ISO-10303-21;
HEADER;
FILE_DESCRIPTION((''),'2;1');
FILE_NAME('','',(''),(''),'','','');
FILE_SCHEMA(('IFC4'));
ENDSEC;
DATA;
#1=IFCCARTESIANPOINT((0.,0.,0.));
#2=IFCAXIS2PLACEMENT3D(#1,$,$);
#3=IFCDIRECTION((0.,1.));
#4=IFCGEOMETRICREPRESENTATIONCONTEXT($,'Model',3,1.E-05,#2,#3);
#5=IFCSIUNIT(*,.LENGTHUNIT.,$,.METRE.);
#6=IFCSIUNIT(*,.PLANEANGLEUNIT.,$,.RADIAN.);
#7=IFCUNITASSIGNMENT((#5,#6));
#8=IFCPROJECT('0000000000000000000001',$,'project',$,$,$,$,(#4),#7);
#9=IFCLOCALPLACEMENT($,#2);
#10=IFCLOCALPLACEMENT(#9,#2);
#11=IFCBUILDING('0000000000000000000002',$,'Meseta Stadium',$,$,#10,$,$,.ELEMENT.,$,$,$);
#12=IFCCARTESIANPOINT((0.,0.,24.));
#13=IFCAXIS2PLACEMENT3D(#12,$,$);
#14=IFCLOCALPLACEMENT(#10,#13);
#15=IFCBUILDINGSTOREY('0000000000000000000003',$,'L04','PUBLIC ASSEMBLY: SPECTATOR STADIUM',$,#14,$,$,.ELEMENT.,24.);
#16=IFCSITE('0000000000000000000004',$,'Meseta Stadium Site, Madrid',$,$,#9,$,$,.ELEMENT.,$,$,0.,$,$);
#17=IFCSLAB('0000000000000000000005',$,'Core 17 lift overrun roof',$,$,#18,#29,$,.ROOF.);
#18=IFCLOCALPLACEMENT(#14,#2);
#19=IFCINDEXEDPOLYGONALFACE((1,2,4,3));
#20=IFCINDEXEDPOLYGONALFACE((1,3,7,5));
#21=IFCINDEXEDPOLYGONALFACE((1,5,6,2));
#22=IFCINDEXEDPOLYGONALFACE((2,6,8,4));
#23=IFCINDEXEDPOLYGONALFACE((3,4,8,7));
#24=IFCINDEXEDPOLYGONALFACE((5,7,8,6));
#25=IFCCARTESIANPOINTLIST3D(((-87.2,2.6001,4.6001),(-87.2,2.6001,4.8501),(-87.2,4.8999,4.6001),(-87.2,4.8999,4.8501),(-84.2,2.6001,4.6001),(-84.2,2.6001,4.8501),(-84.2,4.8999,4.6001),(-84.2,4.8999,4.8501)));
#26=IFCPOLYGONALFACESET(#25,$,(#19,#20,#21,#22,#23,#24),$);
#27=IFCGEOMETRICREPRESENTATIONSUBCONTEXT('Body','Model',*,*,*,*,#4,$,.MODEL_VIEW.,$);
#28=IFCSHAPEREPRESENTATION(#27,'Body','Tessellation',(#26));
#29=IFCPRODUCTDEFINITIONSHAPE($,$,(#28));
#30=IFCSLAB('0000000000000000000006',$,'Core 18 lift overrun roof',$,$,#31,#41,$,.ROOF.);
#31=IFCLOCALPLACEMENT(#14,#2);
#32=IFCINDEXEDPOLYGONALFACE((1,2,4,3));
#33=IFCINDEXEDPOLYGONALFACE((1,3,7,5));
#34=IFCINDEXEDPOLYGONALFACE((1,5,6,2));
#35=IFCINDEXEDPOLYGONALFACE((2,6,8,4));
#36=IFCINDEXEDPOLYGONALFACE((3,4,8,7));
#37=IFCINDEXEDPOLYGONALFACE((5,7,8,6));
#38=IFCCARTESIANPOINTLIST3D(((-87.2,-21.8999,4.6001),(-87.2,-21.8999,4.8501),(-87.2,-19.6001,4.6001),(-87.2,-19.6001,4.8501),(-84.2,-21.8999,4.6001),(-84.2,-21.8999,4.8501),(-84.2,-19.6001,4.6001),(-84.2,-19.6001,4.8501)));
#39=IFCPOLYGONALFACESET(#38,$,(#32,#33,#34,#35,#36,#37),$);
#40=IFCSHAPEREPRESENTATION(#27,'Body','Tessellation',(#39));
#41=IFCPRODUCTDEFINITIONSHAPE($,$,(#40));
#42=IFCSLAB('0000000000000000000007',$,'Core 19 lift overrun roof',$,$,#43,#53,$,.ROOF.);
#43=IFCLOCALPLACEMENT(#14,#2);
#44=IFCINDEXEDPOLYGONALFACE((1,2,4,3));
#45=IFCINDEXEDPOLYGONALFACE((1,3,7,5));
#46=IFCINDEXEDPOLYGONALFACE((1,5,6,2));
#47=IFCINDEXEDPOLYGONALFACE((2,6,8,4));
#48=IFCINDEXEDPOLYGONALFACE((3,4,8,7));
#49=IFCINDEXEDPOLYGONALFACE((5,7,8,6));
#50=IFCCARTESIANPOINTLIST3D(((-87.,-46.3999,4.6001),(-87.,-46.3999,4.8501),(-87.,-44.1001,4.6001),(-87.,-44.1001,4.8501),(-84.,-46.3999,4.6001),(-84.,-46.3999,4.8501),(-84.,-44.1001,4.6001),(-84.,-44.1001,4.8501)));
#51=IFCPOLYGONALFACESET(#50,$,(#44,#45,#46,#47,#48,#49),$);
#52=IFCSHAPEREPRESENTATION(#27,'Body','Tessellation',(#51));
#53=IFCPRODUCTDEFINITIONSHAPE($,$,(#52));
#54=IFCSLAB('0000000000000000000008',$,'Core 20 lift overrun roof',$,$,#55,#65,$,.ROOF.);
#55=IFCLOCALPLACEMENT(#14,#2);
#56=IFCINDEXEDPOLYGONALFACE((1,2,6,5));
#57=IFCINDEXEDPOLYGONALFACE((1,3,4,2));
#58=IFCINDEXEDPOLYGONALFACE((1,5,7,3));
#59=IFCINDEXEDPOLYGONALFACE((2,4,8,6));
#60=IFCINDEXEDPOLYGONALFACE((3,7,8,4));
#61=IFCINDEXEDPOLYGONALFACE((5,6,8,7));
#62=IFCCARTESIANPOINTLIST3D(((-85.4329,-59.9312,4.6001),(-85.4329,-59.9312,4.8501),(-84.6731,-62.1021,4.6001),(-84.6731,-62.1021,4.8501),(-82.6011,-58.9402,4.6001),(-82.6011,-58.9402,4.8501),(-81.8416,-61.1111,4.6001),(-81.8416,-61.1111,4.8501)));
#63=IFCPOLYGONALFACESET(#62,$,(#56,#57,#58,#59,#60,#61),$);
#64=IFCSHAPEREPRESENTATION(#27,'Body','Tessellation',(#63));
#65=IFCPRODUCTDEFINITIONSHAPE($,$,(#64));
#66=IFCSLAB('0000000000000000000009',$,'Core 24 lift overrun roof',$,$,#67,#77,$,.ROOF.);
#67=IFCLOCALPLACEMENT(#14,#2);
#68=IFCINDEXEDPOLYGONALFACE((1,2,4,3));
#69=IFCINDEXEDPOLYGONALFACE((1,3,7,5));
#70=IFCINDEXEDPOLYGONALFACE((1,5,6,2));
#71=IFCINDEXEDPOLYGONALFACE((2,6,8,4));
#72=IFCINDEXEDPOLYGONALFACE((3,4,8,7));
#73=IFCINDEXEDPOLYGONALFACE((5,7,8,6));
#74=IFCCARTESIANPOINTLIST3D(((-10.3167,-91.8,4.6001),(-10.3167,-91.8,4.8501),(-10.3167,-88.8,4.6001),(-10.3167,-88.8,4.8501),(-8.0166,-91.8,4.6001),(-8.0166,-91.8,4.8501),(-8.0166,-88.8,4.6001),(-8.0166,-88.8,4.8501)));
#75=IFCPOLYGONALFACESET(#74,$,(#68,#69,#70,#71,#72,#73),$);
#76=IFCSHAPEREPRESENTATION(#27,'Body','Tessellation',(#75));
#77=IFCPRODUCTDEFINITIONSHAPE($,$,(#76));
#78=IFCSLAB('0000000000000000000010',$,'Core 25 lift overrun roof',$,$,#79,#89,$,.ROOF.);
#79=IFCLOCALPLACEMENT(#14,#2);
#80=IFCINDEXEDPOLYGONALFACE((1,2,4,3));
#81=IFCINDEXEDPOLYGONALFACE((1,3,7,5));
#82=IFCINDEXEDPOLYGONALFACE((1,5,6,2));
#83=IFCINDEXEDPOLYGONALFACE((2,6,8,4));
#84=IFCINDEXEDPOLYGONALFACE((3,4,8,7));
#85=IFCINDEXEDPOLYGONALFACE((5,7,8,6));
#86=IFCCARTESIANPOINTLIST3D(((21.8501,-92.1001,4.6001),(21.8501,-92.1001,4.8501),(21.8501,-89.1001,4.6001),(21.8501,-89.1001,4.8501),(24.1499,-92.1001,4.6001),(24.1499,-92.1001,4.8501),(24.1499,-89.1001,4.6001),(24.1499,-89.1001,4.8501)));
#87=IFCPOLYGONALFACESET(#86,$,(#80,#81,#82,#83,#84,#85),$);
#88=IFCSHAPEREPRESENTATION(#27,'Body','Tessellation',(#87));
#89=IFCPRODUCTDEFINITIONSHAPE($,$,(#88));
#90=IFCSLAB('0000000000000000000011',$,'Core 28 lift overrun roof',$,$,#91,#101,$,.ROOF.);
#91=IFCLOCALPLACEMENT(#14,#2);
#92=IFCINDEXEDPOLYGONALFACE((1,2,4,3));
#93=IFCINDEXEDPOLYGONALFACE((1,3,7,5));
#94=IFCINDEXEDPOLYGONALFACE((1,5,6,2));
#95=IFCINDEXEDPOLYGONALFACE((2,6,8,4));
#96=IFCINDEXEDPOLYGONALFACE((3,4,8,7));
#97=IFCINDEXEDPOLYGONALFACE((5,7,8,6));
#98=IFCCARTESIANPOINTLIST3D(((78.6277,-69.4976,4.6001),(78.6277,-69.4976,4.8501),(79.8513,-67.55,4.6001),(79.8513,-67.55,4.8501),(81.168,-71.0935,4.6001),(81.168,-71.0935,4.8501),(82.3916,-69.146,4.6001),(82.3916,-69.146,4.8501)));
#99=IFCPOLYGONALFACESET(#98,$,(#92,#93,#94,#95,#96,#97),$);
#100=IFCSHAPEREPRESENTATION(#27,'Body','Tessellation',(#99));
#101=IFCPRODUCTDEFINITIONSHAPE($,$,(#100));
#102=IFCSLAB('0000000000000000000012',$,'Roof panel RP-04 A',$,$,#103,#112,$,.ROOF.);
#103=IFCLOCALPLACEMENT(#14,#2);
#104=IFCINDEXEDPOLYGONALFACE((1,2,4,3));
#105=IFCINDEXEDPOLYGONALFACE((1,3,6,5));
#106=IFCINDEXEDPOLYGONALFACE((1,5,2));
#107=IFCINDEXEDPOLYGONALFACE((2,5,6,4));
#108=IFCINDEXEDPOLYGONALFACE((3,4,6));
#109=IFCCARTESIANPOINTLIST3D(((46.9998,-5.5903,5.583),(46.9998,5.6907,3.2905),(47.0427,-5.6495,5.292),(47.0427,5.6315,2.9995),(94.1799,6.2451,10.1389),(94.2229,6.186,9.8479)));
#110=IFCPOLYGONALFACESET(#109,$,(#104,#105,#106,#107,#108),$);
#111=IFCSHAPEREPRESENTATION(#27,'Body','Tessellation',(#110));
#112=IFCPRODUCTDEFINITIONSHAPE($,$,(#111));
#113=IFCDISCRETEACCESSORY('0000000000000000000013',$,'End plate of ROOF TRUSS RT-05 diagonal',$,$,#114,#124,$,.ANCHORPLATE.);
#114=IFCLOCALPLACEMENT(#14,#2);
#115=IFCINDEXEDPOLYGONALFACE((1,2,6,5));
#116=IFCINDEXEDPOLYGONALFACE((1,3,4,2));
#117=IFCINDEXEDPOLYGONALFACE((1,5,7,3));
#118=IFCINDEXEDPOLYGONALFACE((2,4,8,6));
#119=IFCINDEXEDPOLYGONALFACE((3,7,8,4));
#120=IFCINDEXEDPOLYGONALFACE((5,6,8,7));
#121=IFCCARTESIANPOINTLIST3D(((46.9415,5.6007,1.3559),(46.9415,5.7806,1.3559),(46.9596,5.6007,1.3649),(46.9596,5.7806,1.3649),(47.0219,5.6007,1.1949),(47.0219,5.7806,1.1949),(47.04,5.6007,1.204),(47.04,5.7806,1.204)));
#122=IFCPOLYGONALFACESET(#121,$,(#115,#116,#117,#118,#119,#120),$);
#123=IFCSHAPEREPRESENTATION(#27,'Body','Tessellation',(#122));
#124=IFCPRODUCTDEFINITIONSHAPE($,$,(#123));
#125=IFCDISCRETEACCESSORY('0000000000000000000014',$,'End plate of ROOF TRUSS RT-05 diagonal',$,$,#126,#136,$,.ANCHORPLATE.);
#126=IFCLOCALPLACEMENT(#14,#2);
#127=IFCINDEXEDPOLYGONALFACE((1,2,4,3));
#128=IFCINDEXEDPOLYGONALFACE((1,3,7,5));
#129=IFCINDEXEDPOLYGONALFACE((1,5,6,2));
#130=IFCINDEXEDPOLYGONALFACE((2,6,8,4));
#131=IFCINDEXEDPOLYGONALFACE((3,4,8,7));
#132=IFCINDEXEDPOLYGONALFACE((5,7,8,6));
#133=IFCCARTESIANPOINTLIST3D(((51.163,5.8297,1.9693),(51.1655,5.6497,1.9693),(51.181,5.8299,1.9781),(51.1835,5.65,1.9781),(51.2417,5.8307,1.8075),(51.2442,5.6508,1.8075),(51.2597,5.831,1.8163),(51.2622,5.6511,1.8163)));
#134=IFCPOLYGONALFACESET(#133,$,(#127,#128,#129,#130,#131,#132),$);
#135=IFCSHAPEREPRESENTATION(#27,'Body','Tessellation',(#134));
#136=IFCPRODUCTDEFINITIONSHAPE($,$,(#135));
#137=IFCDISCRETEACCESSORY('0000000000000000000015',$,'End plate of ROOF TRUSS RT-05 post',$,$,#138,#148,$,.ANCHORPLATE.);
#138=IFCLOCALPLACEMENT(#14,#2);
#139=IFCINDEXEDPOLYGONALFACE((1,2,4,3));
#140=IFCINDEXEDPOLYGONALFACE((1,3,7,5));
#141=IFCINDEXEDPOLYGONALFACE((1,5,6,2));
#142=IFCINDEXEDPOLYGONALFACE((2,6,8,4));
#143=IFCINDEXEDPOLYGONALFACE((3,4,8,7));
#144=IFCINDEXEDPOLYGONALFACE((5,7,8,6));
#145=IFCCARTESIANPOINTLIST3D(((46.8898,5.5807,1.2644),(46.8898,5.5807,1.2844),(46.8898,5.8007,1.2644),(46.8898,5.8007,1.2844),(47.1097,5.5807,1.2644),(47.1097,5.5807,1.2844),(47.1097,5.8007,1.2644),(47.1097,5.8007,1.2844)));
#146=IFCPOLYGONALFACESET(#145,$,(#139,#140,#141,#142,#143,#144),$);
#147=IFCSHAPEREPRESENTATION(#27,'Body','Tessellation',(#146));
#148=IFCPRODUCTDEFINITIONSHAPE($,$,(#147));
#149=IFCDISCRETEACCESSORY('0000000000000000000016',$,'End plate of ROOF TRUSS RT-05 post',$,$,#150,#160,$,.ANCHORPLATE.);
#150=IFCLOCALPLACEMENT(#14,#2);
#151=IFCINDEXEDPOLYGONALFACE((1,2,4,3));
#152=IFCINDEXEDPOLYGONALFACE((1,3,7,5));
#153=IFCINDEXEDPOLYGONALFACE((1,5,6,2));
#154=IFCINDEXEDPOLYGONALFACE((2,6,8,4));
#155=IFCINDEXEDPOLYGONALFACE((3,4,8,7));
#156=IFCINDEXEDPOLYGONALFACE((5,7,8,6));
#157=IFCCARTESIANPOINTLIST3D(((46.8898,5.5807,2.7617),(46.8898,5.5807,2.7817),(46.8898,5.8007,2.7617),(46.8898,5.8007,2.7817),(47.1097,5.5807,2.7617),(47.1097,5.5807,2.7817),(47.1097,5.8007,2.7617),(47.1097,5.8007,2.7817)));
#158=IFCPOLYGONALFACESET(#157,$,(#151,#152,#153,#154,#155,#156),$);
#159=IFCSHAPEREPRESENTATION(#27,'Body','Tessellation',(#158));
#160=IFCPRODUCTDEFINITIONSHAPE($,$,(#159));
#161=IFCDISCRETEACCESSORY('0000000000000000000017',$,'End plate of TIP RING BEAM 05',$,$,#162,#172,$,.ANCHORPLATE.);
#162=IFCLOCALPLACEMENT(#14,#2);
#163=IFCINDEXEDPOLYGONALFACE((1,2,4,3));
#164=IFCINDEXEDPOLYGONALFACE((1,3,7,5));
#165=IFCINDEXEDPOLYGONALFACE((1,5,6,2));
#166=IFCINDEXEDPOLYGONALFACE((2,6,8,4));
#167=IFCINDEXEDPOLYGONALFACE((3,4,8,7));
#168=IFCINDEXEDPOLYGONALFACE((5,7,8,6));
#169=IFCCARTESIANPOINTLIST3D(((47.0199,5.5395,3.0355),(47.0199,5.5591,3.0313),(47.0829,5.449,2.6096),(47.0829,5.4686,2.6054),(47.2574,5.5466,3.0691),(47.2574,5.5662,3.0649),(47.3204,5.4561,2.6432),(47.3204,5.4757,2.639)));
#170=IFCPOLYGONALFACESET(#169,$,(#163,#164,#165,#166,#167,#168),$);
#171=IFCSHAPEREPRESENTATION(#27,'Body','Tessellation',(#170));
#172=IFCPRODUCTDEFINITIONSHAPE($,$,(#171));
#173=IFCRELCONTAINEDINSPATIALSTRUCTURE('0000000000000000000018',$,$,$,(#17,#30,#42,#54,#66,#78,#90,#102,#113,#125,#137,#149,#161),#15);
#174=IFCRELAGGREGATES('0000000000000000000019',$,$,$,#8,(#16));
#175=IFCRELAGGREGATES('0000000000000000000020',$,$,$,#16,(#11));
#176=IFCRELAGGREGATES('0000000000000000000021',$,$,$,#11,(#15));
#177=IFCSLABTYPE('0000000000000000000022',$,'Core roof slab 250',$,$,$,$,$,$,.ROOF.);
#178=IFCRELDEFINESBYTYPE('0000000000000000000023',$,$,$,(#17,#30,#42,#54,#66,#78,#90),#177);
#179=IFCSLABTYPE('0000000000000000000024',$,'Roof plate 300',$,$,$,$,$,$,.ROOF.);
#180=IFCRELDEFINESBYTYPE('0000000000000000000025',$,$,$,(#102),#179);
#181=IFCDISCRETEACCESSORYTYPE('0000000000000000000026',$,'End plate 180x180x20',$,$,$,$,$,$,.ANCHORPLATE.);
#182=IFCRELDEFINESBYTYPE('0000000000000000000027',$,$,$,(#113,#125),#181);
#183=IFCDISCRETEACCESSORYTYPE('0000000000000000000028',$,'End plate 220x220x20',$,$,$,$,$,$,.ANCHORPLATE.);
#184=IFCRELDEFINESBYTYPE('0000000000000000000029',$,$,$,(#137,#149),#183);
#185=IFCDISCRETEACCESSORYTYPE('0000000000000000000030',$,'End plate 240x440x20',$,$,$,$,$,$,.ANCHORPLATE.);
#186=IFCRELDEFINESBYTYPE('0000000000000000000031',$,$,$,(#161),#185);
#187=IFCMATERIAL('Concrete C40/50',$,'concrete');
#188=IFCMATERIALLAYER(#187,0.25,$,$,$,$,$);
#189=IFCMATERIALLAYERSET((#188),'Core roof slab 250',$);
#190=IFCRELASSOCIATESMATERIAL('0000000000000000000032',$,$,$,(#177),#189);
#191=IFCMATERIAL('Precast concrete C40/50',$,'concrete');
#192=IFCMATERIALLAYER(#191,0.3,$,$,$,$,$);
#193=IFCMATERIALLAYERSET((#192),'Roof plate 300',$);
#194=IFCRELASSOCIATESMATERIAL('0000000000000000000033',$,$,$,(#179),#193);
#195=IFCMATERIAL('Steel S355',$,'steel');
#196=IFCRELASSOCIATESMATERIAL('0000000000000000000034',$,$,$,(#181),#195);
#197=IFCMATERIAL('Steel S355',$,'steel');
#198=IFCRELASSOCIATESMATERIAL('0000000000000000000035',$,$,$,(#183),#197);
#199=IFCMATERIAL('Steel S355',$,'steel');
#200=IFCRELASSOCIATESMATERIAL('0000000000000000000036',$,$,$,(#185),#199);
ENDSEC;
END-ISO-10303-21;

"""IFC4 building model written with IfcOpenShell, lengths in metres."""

from ifc_helpers import new_model, si_unit, direction, frame, origin, origin_2d, place, context, subcontext, project, spatial, polyline, rectangle, outline, extrude, material, layer, layer_set, material_profile, profile_set, type_object, element, save


model = new_model("IFC4")

# Units and contexts
model_context = context("Model", 3, precision=1e-05, world=origin(), true_north=direction((0.0, 1.0)))
body_context = subcontext(model_context, "Body", "Model", "MODEL_VIEW")
ifc_project = project(units=[si_unit("LENGTHUNIT", "METRE"), si_unit("PLANEANGLEUNIT", "RADIAN")], contexts=[model_context])

# Site, building, storey
site_placement = place(None, origin())
site = spatial("IfcSite", under=ifc_project, at=site_placement, Name="Meseta Stadium Site, Madrid", CompositionType="ELEMENT", RefElevation=0.0)
building_placement = place(site_placement, origin())
building = spatial("IfcBuilding", under=site, at=building_placement, Name="Meseta Stadium", CompositionType="ELEMENT")
storey_placement = place(building_placement, frame((0.0, 0.0, 24.0)))
storey = spatial("IfcBuildingStorey", under=building, at=storey_placement, Name="L04", Description="PUBLIC ASSEMBLY: SPECTATOR STADIUM", CompositionType="ELEMENT", Elevation=24.0)

# Slabs
ifc_material_1 = material(Name="Concrete C40/50", Category="concrete")
ifc_layer_1 = layer(ifc_material_1, 0.25)
ifc_layer_set_1 = layer_set([ifc_layer_1], Name="Core roof slab 250")
slab_type_1 = type_object("IfcSlabType", Name="Core roof slab 250", PredefinedType="ROOF", material=ifc_layer_set_1)
slab_1_placement = place(storey_placement, frame((0.0, 0.0, 4.6001)))
element("IfcSlab", 1, at=slab_1_placement, inside=storey, type_object=slab_type_1, Name="Core 17 lift overrun roof", PredefinedType="ROOF", context=body_context, shape_type="SweptSolid", body=[
    extrude(outline(polyline([(-87.2, 4.8999), (-84.2, 4.8999), (-84.2, 2.6001), (-87.2, 2.6001), (-87.2, 4.8999)])), origin(), (0.0, 0.0, 1.0), 0.25),
])
slab_2_placement = place(storey_placement, frame((0.0, 0.0, 4.6001)))
element("IfcSlab", 2, at=slab_2_placement, inside=storey, type_object=slab_type_1, Name="Core 18 lift overrun roof", PredefinedType="ROOF", context=body_context, shape_type="SweptSolid", body=[
    extrude(outline(polyline([(-87.2, -19.6001), (-84.2, -19.6001), (-84.2, -21.8999), (-87.2, -21.8999), (-87.2, -19.6001)])), origin(), (0.0, 0.0, 1.0), 0.25),
])
slab_3_placement = place(storey_placement, frame((0.0, 0.0, 4.6001)))
element("IfcSlab", 3, at=slab_3_placement, inside=storey, type_object=slab_type_1, Name="Core 19 lift overrun roof", PredefinedType="ROOF", context=body_context, shape_type="SweptSolid", body=[
    extrude(outline(polyline([(-87.0, -44.1001), (-84.0, -44.1001), (-84.0, -46.3999), (-87.0, -46.3999), (-87.0, -44.1001)])), origin(), (0.0, 0.0, 1.0), 0.25),
])
slab_4_placement = place(storey_placement, frame((0.0, 0.0, 4.6001)))
element("IfcSlab", 4, at=slab_4_placement, inside=storey, type_object=slab_type_1, Name="Core 20 lift overrun roof", PredefinedType="ROOF", context=body_context, shape_type="SweptSolid", body=[
    extrude(outline(polyline([(-85.4329, -59.9312), (-82.6011, -58.9402), (-81.8416, -61.1111), (-84.6731, -62.1021), (-85.4329, -59.9312)])), origin(), (0.0, 0.0, 1.0), 0.25),
])
slab_5_placement = place(storey_placement, frame((0.0, 0.0, 4.6001)))
element("IfcSlab", 5, at=slab_5_placement, inside=storey, type_object=slab_type_1, Name="Core 24 lift overrun roof", PredefinedType="ROOF", context=body_context, shape_type="SweptSolid", body=[
    extrude(outline(polyline([(-10.3167, -91.8), (-10.3167, -88.8), (-8.0166, -88.8), (-8.0166, -91.8), (-10.3167, -91.8)])), origin(), (0.0, 0.0, 1.0), 0.25),
])
slab_6_placement = place(storey_placement, frame((0.0, 0.0, 4.6001)))
element("IfcSlab", 6, at=slab_6_placement, inside=storey, type_object=slab_type_1, Name="Core 25 lift overrun roof", PredefinedType="ROOF", context=body_context, shape_type="SweptSolid", body=[
    extrude(outline(polyline([(21.8501, -92.1001), (21.8501, -89.1001), (24.1499, -89.1001), (24.1499, -92.1001), (21.8501, -92.1001)])), origin(), (0.0, 0.0, 1.0), 0.25),
])
slab_7_placement = place(storey_placement, frame((0.0, 0.0, 4.6001)))
element("IfcSlab", 7, at=slab_7_placement, inside=storey, type_object=slab_type_1, Name="Core 28 lift overrun roof", PredefinedType="ROOF", context=body_context, shape_type="SweptSolid", body=[
    extrude(outline(polyline([(81.168, -71.0935), (78.6277, -69.4976), (79.8513, -67.55), (82.3916, -69.146), (81.168, -71.0935)])), origin(), (0.0, 0.0, 1.0), 0.25),
])
ifc_material_2 = material(Name="Precast concrete C40/50", Category="concrete")
ifc_layer_2 = layer(ifc_material_2, 0.3)
ifc_layer_set_2 = layer_set([ifc_layer_2], Name="Roof plate 300")
slab_type_2 = type_object("IfcSlabType", Name="Roof plate 300", PredefinedType="ROOF", material=ifc_layer_set_2)
slab_8_placement = place(storey_placement, frame((46.9998, 5.6907, 3.2905), z_axis=(-0.143099, 0.197096, 0.969884), x_axis=(0.989562, 0.011629, 0.143639)))
element("IfcSlab", 8, at=slab_8_placement, inside=storey, type_object=slab_type_2, Name="Roof panel RP-04 A", PredefinedType="ROOF", context=body_context, shape_type="SweptSolid", body=[
    extrude(outline(polyline([(0.0, 0.0), (47.6778, 0.0), (0.1981, -11.5099), (0.0, 0.0)])), origin(), (0.0, 0.0, -1.0), 0.3),
])

# Discrete accessories
ifc_material_3 = material(Name="Steel S355", Category="steel")
ifc_material_profile_1 = material_profile(ifc_material_3, rectangle(XDim=0.1799, YDim=0.1799, at=origin_2d()), Name="PL 180x180")
ifc_profile_set_1 = profile_set([ifc_material_profile_1], Name="Steel S355")
discrete_accessory_type_1 = type_object("IfcDiscreteAccessoryType", Name="End plate 180x180x20", PredefinedType="ANCHORPLATE", material=ifc_profile_set_1)
discrete_accessory_1_placement = place(storey_placement, frame((46.9817, 5.6907, 1.2754), z_axis=(0.894427, 0.0, 0.447214), x_axis=(0.0, 1.0, 0.0)))
element("IfcDiscreteAccessory", 9, at=discrete_accessory_1_placement, inside=storey, type_object=discrete_accessory_type_1, Name="End plate of ROOF TRUSS RT-05 diagonal", PredefinedType="ANCHORPLATE", context=body_context, shape_type="SweptSolid", body=[
    extrude(rectangle(XDim=0.1799, YDim=0.1799, at=origin_2d()), origin(), (0.0, 0.0, 1.0), 0.0203),
])
discrete_accessory_2_placement = place(storey_placement, frame((51.2036, 5.7402, 1.8884), z_axis=(0.899169, 0.012151, 0.437433), x_axis=(-0.013512, 0.999909, 0.0)))
element("IfcDiscreteAccessory", 10, at=discrete_accessory_2_placement, inside=storey, type_object=discrete_accessory_type_1, Name="End plate of ROOF TRUSS RT-05 diagonal", PredefinedType="ANCHORPLATE", context=body_context, shape_type="SweptSolid", body=[
    extrude(rectangle(XDim=0.1799, YDim=0.1799, at=origin_2d()), origin(), (0.0, 0.0, 1.0), 0.02),
])
ifc_material_4 = material(Name="Steel S355", Category="steel")
ifc_material_profile_2 = material_profile(ifc_material_4, rectangle(XDim=0.22, YDim=0.22, at=origin_2d()), Name="PL 220x220")
ifc_profile_set_2 = profile_set([ifc_material_profile_2], Name="Steel S355")
discrete_accessory_type_2 = type_object("IfcDiscreteAccessoryType", Name="End plate 220x220x20", PredefinedType="ANCHORPLATE", material=ifc_profile_set_2)
for number, where, z_axis, x_axis, name in (
    (11, (46.9998, 5.6907, 1.2644), (0.0, 0.0, 1.0), (1.0, 0.0, 0.0), "End plate of ROOF TRUSS RT-05 post"),
    (12, (46.9998, 5.6907, 2.7617), (0.0, 0.0, 1.0), (1.0, 0.0, 0.0), "End plate of ROOF TRUSS RT-05 post"),
):
    element("IfcDiscreteAccessory", number, at=place(storey_placement, frame(where, z_axis=z_axis, x_axis=x_axis)), inside=storey, type_object=discrete_accessory_type_2, Name=name, PredefinedType="ANCHORPLATE", context=body_context, shape_type="SweptSolid", body=[
        extrude(rectangle(XDim=0.22, YDim=0.22, at=origin_2d()), origin(), (0.0, 0.0, 1.0), 0.02),
    ])
ifc_material_5 = material(Name="Steel S355", Category="steel")
ifc_material_profile_3 = material_profile(ifc_material_5, rectangle(XDim=0.24, YDim=0.4399, at=origin_2d()), Name="PL 240x440")
ifc_profile_set_3 = profile_set([ifc_material_profile_3], Name="Steel S355")
discrete_accessory_type_3 = type_object("IfcDiscreteAccessoryType", Name="End plate 240x440x20", PredefinedType="ANCHORPLATE", material=ifc_profile_set_3)
discrete_accessory_3_placement = place(storey_placement, frame((47.1702, 5.4978, 2.8394), z_axis=(0.0, 0.978159, -0.207859), x_axis=(-0.989708, -0.029745, -0.139977)))
element("IfcDiscreteAccessory", 13, at=discrete_accessory_3_placement, inside=storey, type_object=discrete_accessory_type_3, Name="End plate of TIP RING BEAM 05", PredefinedType="ANCHORPLATE", context=body_context, shape_type="SweptSolid", body=[
    extrude(rectangle(XDim=0.24, YDim=0.4399, at=origin_2d()), origin(), (0.0, 0.0, 1.0), 0.02),
])

save(model, "model.ifc")
